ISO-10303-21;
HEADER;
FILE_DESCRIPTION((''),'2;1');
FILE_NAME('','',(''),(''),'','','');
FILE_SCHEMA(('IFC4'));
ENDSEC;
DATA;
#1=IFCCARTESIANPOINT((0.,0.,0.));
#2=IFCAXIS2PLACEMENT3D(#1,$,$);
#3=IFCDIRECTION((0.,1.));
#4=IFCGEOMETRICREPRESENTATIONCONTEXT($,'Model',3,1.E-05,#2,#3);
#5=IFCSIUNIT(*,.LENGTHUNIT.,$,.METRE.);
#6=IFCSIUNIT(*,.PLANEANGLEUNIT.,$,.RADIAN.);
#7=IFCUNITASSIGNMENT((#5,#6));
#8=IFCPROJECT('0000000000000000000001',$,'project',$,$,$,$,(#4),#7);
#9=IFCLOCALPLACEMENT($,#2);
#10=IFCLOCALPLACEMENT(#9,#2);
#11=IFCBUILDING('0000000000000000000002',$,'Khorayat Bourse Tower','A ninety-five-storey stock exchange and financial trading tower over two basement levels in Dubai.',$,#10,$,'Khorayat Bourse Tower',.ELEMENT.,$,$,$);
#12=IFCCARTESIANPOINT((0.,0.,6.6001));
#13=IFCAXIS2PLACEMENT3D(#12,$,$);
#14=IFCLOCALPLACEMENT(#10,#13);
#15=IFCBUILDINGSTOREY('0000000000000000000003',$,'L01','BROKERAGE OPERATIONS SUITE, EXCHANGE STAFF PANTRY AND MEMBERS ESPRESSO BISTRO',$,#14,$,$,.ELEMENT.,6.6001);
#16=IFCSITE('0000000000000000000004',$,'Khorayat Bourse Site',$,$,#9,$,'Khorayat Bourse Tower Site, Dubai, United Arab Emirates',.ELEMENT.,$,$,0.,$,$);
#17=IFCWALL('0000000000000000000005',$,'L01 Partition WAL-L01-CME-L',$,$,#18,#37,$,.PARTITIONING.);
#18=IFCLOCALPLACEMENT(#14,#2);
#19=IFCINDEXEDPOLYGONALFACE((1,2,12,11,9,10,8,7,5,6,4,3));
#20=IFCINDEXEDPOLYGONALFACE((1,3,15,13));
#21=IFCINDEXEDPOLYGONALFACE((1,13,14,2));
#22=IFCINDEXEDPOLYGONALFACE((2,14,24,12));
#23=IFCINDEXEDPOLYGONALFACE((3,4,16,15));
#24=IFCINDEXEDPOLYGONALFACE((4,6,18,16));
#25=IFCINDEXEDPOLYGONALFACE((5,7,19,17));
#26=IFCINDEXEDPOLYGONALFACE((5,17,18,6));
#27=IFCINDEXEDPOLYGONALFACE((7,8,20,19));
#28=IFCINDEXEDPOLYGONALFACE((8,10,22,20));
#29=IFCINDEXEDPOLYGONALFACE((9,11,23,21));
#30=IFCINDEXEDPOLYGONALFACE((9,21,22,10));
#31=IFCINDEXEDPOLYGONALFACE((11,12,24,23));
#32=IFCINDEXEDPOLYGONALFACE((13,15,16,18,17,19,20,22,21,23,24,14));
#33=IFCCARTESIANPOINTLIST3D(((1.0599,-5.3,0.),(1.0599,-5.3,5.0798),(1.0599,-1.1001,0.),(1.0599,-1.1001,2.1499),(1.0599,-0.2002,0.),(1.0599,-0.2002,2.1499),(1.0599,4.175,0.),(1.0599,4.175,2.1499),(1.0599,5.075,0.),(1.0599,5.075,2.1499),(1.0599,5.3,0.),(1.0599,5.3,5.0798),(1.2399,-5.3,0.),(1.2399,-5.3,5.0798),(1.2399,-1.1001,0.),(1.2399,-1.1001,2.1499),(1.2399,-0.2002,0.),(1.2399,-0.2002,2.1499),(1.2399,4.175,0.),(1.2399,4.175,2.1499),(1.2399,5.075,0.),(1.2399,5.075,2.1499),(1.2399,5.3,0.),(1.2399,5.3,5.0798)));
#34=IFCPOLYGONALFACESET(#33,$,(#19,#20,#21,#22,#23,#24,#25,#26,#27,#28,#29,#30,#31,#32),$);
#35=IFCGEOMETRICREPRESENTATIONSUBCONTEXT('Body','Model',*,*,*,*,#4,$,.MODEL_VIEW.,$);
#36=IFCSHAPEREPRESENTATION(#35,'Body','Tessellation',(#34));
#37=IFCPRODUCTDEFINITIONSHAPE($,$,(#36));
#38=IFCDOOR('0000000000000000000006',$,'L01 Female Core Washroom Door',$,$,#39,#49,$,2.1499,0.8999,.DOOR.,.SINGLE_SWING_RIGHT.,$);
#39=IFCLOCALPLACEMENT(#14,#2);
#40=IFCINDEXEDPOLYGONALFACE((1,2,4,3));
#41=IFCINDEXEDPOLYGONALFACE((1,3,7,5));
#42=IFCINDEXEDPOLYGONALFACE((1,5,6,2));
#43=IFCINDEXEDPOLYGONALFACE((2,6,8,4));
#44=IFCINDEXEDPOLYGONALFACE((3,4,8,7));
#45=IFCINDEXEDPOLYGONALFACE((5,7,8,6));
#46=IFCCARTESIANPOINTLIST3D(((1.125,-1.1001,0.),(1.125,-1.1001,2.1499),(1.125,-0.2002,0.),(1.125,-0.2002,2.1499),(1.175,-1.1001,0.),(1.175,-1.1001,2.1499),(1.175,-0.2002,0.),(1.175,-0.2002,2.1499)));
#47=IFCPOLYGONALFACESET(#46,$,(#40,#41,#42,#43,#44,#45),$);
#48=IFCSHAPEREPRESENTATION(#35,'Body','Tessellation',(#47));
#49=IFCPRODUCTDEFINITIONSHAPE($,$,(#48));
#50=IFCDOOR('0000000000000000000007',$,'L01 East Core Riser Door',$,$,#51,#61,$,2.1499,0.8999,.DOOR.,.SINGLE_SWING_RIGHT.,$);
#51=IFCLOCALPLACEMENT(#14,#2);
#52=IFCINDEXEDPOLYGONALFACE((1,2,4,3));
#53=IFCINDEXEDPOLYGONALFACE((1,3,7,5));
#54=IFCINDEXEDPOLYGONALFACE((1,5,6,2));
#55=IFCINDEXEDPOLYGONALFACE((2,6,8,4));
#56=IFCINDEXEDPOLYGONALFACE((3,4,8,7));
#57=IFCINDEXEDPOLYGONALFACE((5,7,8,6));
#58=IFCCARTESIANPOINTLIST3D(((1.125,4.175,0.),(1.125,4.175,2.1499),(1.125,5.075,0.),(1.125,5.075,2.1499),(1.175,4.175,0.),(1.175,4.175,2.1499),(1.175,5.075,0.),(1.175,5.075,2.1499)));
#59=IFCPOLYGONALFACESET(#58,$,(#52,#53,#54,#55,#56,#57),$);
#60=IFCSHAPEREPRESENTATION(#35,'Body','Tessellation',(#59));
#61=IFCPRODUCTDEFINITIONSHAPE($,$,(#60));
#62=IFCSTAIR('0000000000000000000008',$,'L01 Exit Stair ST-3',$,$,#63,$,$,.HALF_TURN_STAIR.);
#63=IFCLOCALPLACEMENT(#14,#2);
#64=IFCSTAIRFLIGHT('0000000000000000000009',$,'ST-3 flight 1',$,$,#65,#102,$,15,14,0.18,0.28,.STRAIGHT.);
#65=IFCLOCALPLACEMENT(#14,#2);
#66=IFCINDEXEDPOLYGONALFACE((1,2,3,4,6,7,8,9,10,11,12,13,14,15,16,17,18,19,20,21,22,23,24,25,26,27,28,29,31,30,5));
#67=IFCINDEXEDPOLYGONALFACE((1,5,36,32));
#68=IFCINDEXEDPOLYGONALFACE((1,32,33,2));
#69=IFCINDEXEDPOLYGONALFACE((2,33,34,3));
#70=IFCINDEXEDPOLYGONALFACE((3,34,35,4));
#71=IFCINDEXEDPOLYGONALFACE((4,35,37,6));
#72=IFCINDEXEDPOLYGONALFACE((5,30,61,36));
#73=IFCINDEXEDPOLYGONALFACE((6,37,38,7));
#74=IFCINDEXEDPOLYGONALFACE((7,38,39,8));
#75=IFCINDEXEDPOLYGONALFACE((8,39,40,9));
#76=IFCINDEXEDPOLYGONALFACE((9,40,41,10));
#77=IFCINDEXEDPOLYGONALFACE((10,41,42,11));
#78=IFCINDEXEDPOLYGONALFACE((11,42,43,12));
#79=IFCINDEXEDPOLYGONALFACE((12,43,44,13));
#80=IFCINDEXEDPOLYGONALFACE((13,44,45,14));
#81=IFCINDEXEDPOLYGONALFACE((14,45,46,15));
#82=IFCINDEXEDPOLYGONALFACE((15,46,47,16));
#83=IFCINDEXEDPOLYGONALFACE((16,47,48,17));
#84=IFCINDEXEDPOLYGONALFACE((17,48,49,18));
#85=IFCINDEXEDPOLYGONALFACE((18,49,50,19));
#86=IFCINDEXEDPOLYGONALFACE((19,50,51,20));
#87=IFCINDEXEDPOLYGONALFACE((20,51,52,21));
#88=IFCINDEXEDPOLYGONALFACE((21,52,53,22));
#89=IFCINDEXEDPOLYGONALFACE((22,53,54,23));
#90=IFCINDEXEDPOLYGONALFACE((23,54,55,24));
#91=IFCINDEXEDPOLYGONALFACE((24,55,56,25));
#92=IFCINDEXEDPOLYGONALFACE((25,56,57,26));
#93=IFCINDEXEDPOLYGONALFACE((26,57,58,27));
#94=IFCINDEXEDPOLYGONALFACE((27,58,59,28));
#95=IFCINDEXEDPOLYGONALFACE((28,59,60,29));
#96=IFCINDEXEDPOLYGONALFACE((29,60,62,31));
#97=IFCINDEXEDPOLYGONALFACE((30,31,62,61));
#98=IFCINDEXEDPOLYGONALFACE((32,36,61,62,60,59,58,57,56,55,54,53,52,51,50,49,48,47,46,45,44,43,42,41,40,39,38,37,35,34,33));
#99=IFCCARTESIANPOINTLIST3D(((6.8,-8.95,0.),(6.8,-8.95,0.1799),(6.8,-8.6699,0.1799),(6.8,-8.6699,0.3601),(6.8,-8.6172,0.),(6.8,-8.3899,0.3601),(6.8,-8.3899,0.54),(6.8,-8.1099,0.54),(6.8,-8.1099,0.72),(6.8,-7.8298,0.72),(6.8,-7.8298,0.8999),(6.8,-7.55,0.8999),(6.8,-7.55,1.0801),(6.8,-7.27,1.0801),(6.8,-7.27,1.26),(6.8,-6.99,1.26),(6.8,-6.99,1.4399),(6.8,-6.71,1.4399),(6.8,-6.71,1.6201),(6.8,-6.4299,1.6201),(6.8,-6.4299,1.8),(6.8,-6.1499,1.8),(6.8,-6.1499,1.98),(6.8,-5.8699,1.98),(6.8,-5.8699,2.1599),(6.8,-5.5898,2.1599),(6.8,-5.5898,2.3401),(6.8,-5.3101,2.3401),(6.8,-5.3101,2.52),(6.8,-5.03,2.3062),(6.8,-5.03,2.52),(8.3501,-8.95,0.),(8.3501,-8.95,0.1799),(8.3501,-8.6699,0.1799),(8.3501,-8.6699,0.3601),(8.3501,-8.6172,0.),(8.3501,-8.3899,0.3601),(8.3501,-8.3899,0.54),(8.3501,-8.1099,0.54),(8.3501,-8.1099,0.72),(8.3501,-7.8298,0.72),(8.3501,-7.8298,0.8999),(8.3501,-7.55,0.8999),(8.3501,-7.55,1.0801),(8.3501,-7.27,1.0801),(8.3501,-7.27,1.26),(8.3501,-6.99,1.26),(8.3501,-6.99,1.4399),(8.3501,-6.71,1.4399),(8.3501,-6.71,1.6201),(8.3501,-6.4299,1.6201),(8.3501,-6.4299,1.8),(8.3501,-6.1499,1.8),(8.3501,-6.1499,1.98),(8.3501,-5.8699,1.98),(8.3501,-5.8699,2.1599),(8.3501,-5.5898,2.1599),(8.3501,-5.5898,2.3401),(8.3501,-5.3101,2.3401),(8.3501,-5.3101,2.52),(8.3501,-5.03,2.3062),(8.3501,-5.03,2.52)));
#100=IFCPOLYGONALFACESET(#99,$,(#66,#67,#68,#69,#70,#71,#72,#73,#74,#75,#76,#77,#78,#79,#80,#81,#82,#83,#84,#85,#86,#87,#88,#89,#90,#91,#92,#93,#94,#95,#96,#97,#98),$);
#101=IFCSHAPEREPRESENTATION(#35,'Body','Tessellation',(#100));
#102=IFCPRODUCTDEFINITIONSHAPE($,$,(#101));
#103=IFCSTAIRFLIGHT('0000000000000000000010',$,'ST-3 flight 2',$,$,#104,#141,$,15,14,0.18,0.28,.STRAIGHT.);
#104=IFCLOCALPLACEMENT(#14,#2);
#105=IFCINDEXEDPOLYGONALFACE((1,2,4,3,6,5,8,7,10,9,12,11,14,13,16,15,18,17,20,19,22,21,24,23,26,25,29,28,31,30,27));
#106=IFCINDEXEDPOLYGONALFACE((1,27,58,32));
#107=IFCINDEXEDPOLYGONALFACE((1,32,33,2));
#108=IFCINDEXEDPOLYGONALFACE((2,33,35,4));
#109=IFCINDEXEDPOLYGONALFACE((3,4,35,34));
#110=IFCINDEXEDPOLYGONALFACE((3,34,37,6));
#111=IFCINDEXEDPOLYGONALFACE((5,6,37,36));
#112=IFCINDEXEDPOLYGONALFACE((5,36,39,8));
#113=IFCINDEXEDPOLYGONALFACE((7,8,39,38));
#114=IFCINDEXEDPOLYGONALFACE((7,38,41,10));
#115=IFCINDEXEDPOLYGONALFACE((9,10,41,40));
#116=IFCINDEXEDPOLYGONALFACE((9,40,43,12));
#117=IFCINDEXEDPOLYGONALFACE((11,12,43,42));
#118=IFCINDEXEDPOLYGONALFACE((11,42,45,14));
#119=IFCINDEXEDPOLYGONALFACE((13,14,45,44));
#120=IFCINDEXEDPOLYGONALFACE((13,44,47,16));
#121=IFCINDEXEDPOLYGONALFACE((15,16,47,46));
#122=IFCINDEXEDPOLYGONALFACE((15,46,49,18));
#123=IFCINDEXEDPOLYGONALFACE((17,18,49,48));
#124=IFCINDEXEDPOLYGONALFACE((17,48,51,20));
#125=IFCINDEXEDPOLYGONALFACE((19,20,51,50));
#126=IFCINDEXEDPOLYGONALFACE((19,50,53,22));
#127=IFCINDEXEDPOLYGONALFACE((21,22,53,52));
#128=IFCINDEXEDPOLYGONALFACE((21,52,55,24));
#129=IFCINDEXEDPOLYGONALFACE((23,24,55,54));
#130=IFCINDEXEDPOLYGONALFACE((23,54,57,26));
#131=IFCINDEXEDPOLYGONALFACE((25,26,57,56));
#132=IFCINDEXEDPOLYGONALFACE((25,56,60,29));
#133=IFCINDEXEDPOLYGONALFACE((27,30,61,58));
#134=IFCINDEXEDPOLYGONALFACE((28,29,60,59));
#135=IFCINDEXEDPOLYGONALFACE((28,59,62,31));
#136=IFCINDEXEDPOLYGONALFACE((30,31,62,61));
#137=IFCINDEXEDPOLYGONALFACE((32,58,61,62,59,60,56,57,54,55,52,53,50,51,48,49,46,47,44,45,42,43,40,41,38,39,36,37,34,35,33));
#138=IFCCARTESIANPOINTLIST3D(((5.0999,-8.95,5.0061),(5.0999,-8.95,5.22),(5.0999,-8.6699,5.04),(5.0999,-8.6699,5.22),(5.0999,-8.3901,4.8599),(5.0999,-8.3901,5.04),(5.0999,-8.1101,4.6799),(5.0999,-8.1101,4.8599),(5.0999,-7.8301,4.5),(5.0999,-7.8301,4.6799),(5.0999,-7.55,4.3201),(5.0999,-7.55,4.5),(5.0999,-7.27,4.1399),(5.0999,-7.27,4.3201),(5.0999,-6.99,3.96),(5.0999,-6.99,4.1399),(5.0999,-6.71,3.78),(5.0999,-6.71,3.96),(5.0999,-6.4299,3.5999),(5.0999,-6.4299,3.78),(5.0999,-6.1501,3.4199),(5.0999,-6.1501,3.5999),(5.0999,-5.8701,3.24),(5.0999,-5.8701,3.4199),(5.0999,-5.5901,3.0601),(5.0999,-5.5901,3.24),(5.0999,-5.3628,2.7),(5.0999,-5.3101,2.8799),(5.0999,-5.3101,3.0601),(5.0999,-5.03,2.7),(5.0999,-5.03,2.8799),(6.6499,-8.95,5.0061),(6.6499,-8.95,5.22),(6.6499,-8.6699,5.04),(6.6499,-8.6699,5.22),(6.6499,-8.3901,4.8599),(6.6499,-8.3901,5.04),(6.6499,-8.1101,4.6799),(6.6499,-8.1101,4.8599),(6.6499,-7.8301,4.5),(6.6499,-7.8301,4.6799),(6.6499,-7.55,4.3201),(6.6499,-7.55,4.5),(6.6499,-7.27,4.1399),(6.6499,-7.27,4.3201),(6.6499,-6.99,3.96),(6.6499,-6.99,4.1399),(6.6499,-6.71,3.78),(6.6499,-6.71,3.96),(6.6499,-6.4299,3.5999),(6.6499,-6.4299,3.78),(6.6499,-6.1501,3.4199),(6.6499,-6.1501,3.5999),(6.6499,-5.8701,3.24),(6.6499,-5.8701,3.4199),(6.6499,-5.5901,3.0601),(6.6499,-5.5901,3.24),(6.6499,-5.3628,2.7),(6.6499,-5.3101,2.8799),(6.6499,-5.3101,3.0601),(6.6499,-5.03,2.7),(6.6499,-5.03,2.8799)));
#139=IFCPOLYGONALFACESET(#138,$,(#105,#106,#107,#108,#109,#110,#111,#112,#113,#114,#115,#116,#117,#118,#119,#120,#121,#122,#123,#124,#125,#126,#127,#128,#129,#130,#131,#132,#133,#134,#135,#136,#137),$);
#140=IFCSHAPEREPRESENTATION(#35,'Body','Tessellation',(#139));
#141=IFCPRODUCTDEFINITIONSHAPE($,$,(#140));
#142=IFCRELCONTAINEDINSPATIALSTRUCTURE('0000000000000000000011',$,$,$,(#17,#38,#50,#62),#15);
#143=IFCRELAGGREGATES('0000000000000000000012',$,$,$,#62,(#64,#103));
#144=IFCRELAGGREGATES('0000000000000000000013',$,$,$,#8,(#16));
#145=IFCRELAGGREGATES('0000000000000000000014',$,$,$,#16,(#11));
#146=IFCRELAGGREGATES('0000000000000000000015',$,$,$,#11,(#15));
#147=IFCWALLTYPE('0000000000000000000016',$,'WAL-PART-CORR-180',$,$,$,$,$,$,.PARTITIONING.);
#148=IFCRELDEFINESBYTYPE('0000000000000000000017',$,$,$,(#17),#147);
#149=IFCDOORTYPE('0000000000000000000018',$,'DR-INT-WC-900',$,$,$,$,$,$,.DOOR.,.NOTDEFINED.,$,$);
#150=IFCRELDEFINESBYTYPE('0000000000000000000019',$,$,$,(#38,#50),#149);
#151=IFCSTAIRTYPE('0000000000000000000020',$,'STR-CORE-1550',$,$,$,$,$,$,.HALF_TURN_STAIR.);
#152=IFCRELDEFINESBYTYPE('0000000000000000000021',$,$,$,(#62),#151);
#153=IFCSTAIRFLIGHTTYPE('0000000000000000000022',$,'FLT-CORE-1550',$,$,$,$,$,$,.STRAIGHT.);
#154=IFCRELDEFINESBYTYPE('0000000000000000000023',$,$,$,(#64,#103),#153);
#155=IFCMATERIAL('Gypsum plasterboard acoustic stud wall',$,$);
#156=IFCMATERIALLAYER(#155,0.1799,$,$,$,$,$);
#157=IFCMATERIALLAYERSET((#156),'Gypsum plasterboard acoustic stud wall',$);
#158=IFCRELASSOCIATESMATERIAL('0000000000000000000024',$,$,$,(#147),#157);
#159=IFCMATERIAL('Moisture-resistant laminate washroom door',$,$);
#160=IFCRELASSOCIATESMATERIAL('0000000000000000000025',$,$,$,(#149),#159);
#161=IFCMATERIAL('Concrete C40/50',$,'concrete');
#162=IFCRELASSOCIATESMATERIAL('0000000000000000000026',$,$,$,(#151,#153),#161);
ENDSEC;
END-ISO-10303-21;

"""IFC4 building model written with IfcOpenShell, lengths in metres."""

from ifc_helpers import new_model, si_unit, direction, frame, frame_2d, origin, place, context, subcontext, project, spatial, polyline, rectangle, outline, extrude, source, transform, mapped, material, layer, layer_set, type_object, element, fill, aggregate, save


model = new_model("IFC4")

# Units and contexts
model_context = context("Model", 3, precision=1e-05, world=origin(), true_north=direction((0.0, 1.0)))
body_context = subcontext(model_context, "Body", "Model", "MODEL_VIEW")
ifc_project = project(units=[si_unit("LENGTHUNIT", "METRE"), si_unit("PLANEANGLEUNIT", "RADIAN")], contexts=[model_context])

# Site, building, storey
site_placement = place(None, origin())
site = spatial("IfcSite", under=ifc_project, at=site_placement, Name="Khorayat Bourse Site", LongName="Khorayat Bourse Tower Site, Dubai, United Arab Emirates", CompositionType="ELEMENT", RefElevation=0.0)
building_placement = place(site_placement, origin())
building = spatial("IfcBuilding", under=site, at=building_placement, Name="Khorayat Bourse Tower", Description="A ninety-five-storey stock exchange and financial trading tower over two basement levels in Dubai.", LongName="Khorayat Bourse Tower", CompositionType="ELEMENT")
storey_placement = place(building_placement, frame((0.0, 0.0, 6.6001)))
storey = spatial("IfcBuildingStorey", under=building, at=storey_placement, Name="L01", Description="BROKERAGE OPERATIONS SUITE, EXCHANGE STAFF PANTRY AND MEMBERS ESPRESSO BISTRO", CompositionType="ELEMENT", Elevation=6.6001)

# Wall, openings, doors
ifc_material_1 = material(Name="Gypsum plasterboard acoustic stud wall")
ifc_layer_1 = layer(ifc_material_1, 0.1799)
ifc_layer_set_1 = layer_set([ifc_layer_1], Name="Gypsum plasterboard acoustic stud wall")
wall_type_1 = type_object("IfcWallType", Name="WAL-PART-CORR-180", PredefinedType="PARTITIONING", material=ifc_layer_set_1)
shared_shape_1 = source(origin(), body_context, "Body", "SweptSolid", [
    extrude(rectangle(XDim=10.6001, YDim=0.1799, at=frame_2d((5.3, 0.0))), origin(), (0.0, 0.0, 1.0), 5.0798),
])
wall_1_placement = place(storey_placement, frame((1.1499, -5.3, 0.0), z_axis=(0.0, 0.0, 1.0), x_axis=(0.0, 1.0, 0.0)))
wall_1 = element("IfcWall", 1, at=wall_1_placement, inside=storey, type_object=wall_type_1, Name="L01 Partition WAL-L01-CME-L", PredefinedType="PARTITIONING", context=body_context, shape_type="MappedRepresentation", body=[
    mapped(shared_shape_1, transform((0.0, 0.0, 0.0), scale=1.0)),
])
shared_shape_2 = source(origin(), body_context, "Body", "SweptSolid", [
    extrude(rectangle(XDim=0.8999, YDim=2.1499, at=frame_2d((0.45, 1.075))), frame((0.0, 0.0999, 0.0), z_axis=(0.0, -1.0, 0.0), x_axis=(1.0, 0.0, 0.0)), (0.0, 0.0, 1.0), 0.2),
])
opening_1_placement = place(wall_1_placement, frame((4.2, 0.0, 0.0)))
opening_1 = element("IfcOpeningElement", 2, at=opening_1_placement, cuts=wall_1, PredefinedType="OPENING", context=body_context, shape_type="MappedRepresentation", body=[
    mapped(shared_shape_2, transform((0.0, 0.0, 0.0), scale=1.0)),
])
opening_2_placement = place(wall_1_placement, frame((9.4751, 0.0, 0.0)))
opening_2 = element("IfcOpeningElement", 3, at=opening_2_placement, cuts=wall_1, PredefinedType="OPENING", context=body_context, shape_type="MappedRepresentation", body=[
    mapped(shared_shape_2, transform((0.0, 0.0, 0.0), scale=1.0)),
])
ifc_material_2 = material(Name="Moisture-resistant laminate washroom door")
door_type = type_object("IfcDoorType", Name="DR-INT-WC-900", OperationType="NOTDEFINED", PredefinedType="DOOR", material=ifc_material_2)
shared_shape_3 = source(origin(), body_context, "Body", "SweptSolid", [
    extrude(rectangle(XDim=0.8999, YDim=2.1499, at=frame_2d((0.45, 1.075))), frame((0.0, 0.0249, 0.0), z_axis=(0.0, -1.0, 0.0), x_axis=(1.0, 0.0, 0.0)), (0.0, 0.0, 1.0), 0.05),
])
door_1_placement = place(opening_1_placement, origin())
door_1 = element("IfcDoor", 4, at=door_1_placement, inside=storey, type_object=door_type, Name="L01 Female Core Washroom Door", OperationType="SINGLE_SWING_RIGHT", OverallHeight=2.1499, OverallWidth=0.8999, PredefinedType="DOOR", context=body_context, shape_type="MappedRepresentation", body=[
    mapped(shared_shape_3, transform((0.0, 0.0, 0.0), scale=1.0)),
])
fill(opening_1, door_1)
door_2_placement = place(opening_2_placement, origin())
door_2 = element("IfcDoor", 5, at=door_2_placement, inside=storey, type_object=door_type, Name="L01 East Core Riser Door", OperationType="SINGLE_SWING_RIGHT", OverallHeight=2.1499, OverallWidth=0.8999, PredefinedType="DOOR", context=body_context, shape_type="MappedRepresentation", body=[
    mapped(shared_shape_3, transform((0.0, 0.0, 0.0), scale=1.0)),
])
fill(opening_2, door_2)

# Stair, stair flights
ifc_material_3 = material(Name="Concrete C40/50", Category="concrete")
stair_type = type_object("IfcStairType", Name="STR-CORE-1550", PredefinedType="HALF_TURN_STAIR", material=ifc_material_3)
stair_placement = place(storey_placement, origin())
stair = element("IfcStair", 6, at=stair_placement, inside=storey, type_object=stair_type, Name="L01 Exit Stair ST-3", PredefinedType="HALF_TURN_STAIR")
stair_flight_type = type_object("IfcStairFlightType", Name="FLT-CORE-1550", PredefinedType="STRAIGHT", material=ifc_material_3)
shared_shape_4 = source(origin(), body_context, "Body", "SweptSolid", [
    extrude(outline(polyline([(0.0, 0.0), (0.0, 0.1799), (0.28, 0.1799), (0.28, 0.3601), (0.5601, 0.3601), (0.5601, 0.54), (0.8401, 0.54), (0.8401, 0.72), (1.1201, 0.72), (1.1201, 0.8999), (1.3999, 0.8999), (1.3999, 1.0801), (1.6799, 1.0801), (1.6799, 1.26), (1.96, 1.26), (1.96, 1.4399), (2.24, 1.4399), (2.24, 1.6201), (2.52, 1.6201), (2.52, 1.8), (2.8, 1.8), (2.8, 1.98), (3.0801, 1.98), (3.0801, 2.1599), (3.3601, 2.1599), (3.3601, 2.3401), (3.6399, 2.3401), (3.6399, 2.52), (3.9199, 2.52), (3.9199, 2.7), (3.9199, 2.3062), (0.3328, 0.0), (0.0, 0.0)])), frame((0.0, 0.7749, 0.0), z_axis=(0.0, -1.0, 0.0), x_axis=(1.0, 0.0, 0.0)), (0.0, 0.0, 1.0), 1.55),
])
stair_flight_1_placement = place(storey_placement, frame((7.575, -8.95, 0.0), z_axis=(0.0, 0.0, 1.0), x_axis=(0.0, 1.0, 0.0)))
stair_flight_1 = element("IfcStairFlight", 7, at=stair_flight_1_placement, type_object=stair_flight_type, Name="ST-3 flight 1", NumberOfRisers=15, NumberOfTreads=14, PredefinedType="STRAIGHT", RiserHeight=0.18, TreadLength=0.28, context=body_context, shape_type="MappedRepresentation", body=[
    mapped(shared_shape_4, transform((0.0, 0.0, 0.0), scale=1.0)),
])
stair_flight_2_placement = place(storey_placement, frame((5.875, -5.03, 2.7), z_axis=(0.0, 0.0, 1.0), x_axis=(0.0, -1.0, 0.0)))
stair_flight_2 = element("IfcStairFlight", 8, at=stair_flight_2_placement, type_object=stair_flight_type, Name="ST-3 flight 2", NumberOfRisers=15, NumberOfTreads=14, PredefinedType="STRAIGHT", RiserHeight=0.18, TreadLength=0.28, context=body_context, shape_type="MappedRepresentation", body=[
    mapped(shared_shape_4, transform((0.0, 0.0, 0.0), scale=1.0)),
])
aggregate(stair, [stair_flight_1, stair_flight_2])

save(model, "model.ifc")
